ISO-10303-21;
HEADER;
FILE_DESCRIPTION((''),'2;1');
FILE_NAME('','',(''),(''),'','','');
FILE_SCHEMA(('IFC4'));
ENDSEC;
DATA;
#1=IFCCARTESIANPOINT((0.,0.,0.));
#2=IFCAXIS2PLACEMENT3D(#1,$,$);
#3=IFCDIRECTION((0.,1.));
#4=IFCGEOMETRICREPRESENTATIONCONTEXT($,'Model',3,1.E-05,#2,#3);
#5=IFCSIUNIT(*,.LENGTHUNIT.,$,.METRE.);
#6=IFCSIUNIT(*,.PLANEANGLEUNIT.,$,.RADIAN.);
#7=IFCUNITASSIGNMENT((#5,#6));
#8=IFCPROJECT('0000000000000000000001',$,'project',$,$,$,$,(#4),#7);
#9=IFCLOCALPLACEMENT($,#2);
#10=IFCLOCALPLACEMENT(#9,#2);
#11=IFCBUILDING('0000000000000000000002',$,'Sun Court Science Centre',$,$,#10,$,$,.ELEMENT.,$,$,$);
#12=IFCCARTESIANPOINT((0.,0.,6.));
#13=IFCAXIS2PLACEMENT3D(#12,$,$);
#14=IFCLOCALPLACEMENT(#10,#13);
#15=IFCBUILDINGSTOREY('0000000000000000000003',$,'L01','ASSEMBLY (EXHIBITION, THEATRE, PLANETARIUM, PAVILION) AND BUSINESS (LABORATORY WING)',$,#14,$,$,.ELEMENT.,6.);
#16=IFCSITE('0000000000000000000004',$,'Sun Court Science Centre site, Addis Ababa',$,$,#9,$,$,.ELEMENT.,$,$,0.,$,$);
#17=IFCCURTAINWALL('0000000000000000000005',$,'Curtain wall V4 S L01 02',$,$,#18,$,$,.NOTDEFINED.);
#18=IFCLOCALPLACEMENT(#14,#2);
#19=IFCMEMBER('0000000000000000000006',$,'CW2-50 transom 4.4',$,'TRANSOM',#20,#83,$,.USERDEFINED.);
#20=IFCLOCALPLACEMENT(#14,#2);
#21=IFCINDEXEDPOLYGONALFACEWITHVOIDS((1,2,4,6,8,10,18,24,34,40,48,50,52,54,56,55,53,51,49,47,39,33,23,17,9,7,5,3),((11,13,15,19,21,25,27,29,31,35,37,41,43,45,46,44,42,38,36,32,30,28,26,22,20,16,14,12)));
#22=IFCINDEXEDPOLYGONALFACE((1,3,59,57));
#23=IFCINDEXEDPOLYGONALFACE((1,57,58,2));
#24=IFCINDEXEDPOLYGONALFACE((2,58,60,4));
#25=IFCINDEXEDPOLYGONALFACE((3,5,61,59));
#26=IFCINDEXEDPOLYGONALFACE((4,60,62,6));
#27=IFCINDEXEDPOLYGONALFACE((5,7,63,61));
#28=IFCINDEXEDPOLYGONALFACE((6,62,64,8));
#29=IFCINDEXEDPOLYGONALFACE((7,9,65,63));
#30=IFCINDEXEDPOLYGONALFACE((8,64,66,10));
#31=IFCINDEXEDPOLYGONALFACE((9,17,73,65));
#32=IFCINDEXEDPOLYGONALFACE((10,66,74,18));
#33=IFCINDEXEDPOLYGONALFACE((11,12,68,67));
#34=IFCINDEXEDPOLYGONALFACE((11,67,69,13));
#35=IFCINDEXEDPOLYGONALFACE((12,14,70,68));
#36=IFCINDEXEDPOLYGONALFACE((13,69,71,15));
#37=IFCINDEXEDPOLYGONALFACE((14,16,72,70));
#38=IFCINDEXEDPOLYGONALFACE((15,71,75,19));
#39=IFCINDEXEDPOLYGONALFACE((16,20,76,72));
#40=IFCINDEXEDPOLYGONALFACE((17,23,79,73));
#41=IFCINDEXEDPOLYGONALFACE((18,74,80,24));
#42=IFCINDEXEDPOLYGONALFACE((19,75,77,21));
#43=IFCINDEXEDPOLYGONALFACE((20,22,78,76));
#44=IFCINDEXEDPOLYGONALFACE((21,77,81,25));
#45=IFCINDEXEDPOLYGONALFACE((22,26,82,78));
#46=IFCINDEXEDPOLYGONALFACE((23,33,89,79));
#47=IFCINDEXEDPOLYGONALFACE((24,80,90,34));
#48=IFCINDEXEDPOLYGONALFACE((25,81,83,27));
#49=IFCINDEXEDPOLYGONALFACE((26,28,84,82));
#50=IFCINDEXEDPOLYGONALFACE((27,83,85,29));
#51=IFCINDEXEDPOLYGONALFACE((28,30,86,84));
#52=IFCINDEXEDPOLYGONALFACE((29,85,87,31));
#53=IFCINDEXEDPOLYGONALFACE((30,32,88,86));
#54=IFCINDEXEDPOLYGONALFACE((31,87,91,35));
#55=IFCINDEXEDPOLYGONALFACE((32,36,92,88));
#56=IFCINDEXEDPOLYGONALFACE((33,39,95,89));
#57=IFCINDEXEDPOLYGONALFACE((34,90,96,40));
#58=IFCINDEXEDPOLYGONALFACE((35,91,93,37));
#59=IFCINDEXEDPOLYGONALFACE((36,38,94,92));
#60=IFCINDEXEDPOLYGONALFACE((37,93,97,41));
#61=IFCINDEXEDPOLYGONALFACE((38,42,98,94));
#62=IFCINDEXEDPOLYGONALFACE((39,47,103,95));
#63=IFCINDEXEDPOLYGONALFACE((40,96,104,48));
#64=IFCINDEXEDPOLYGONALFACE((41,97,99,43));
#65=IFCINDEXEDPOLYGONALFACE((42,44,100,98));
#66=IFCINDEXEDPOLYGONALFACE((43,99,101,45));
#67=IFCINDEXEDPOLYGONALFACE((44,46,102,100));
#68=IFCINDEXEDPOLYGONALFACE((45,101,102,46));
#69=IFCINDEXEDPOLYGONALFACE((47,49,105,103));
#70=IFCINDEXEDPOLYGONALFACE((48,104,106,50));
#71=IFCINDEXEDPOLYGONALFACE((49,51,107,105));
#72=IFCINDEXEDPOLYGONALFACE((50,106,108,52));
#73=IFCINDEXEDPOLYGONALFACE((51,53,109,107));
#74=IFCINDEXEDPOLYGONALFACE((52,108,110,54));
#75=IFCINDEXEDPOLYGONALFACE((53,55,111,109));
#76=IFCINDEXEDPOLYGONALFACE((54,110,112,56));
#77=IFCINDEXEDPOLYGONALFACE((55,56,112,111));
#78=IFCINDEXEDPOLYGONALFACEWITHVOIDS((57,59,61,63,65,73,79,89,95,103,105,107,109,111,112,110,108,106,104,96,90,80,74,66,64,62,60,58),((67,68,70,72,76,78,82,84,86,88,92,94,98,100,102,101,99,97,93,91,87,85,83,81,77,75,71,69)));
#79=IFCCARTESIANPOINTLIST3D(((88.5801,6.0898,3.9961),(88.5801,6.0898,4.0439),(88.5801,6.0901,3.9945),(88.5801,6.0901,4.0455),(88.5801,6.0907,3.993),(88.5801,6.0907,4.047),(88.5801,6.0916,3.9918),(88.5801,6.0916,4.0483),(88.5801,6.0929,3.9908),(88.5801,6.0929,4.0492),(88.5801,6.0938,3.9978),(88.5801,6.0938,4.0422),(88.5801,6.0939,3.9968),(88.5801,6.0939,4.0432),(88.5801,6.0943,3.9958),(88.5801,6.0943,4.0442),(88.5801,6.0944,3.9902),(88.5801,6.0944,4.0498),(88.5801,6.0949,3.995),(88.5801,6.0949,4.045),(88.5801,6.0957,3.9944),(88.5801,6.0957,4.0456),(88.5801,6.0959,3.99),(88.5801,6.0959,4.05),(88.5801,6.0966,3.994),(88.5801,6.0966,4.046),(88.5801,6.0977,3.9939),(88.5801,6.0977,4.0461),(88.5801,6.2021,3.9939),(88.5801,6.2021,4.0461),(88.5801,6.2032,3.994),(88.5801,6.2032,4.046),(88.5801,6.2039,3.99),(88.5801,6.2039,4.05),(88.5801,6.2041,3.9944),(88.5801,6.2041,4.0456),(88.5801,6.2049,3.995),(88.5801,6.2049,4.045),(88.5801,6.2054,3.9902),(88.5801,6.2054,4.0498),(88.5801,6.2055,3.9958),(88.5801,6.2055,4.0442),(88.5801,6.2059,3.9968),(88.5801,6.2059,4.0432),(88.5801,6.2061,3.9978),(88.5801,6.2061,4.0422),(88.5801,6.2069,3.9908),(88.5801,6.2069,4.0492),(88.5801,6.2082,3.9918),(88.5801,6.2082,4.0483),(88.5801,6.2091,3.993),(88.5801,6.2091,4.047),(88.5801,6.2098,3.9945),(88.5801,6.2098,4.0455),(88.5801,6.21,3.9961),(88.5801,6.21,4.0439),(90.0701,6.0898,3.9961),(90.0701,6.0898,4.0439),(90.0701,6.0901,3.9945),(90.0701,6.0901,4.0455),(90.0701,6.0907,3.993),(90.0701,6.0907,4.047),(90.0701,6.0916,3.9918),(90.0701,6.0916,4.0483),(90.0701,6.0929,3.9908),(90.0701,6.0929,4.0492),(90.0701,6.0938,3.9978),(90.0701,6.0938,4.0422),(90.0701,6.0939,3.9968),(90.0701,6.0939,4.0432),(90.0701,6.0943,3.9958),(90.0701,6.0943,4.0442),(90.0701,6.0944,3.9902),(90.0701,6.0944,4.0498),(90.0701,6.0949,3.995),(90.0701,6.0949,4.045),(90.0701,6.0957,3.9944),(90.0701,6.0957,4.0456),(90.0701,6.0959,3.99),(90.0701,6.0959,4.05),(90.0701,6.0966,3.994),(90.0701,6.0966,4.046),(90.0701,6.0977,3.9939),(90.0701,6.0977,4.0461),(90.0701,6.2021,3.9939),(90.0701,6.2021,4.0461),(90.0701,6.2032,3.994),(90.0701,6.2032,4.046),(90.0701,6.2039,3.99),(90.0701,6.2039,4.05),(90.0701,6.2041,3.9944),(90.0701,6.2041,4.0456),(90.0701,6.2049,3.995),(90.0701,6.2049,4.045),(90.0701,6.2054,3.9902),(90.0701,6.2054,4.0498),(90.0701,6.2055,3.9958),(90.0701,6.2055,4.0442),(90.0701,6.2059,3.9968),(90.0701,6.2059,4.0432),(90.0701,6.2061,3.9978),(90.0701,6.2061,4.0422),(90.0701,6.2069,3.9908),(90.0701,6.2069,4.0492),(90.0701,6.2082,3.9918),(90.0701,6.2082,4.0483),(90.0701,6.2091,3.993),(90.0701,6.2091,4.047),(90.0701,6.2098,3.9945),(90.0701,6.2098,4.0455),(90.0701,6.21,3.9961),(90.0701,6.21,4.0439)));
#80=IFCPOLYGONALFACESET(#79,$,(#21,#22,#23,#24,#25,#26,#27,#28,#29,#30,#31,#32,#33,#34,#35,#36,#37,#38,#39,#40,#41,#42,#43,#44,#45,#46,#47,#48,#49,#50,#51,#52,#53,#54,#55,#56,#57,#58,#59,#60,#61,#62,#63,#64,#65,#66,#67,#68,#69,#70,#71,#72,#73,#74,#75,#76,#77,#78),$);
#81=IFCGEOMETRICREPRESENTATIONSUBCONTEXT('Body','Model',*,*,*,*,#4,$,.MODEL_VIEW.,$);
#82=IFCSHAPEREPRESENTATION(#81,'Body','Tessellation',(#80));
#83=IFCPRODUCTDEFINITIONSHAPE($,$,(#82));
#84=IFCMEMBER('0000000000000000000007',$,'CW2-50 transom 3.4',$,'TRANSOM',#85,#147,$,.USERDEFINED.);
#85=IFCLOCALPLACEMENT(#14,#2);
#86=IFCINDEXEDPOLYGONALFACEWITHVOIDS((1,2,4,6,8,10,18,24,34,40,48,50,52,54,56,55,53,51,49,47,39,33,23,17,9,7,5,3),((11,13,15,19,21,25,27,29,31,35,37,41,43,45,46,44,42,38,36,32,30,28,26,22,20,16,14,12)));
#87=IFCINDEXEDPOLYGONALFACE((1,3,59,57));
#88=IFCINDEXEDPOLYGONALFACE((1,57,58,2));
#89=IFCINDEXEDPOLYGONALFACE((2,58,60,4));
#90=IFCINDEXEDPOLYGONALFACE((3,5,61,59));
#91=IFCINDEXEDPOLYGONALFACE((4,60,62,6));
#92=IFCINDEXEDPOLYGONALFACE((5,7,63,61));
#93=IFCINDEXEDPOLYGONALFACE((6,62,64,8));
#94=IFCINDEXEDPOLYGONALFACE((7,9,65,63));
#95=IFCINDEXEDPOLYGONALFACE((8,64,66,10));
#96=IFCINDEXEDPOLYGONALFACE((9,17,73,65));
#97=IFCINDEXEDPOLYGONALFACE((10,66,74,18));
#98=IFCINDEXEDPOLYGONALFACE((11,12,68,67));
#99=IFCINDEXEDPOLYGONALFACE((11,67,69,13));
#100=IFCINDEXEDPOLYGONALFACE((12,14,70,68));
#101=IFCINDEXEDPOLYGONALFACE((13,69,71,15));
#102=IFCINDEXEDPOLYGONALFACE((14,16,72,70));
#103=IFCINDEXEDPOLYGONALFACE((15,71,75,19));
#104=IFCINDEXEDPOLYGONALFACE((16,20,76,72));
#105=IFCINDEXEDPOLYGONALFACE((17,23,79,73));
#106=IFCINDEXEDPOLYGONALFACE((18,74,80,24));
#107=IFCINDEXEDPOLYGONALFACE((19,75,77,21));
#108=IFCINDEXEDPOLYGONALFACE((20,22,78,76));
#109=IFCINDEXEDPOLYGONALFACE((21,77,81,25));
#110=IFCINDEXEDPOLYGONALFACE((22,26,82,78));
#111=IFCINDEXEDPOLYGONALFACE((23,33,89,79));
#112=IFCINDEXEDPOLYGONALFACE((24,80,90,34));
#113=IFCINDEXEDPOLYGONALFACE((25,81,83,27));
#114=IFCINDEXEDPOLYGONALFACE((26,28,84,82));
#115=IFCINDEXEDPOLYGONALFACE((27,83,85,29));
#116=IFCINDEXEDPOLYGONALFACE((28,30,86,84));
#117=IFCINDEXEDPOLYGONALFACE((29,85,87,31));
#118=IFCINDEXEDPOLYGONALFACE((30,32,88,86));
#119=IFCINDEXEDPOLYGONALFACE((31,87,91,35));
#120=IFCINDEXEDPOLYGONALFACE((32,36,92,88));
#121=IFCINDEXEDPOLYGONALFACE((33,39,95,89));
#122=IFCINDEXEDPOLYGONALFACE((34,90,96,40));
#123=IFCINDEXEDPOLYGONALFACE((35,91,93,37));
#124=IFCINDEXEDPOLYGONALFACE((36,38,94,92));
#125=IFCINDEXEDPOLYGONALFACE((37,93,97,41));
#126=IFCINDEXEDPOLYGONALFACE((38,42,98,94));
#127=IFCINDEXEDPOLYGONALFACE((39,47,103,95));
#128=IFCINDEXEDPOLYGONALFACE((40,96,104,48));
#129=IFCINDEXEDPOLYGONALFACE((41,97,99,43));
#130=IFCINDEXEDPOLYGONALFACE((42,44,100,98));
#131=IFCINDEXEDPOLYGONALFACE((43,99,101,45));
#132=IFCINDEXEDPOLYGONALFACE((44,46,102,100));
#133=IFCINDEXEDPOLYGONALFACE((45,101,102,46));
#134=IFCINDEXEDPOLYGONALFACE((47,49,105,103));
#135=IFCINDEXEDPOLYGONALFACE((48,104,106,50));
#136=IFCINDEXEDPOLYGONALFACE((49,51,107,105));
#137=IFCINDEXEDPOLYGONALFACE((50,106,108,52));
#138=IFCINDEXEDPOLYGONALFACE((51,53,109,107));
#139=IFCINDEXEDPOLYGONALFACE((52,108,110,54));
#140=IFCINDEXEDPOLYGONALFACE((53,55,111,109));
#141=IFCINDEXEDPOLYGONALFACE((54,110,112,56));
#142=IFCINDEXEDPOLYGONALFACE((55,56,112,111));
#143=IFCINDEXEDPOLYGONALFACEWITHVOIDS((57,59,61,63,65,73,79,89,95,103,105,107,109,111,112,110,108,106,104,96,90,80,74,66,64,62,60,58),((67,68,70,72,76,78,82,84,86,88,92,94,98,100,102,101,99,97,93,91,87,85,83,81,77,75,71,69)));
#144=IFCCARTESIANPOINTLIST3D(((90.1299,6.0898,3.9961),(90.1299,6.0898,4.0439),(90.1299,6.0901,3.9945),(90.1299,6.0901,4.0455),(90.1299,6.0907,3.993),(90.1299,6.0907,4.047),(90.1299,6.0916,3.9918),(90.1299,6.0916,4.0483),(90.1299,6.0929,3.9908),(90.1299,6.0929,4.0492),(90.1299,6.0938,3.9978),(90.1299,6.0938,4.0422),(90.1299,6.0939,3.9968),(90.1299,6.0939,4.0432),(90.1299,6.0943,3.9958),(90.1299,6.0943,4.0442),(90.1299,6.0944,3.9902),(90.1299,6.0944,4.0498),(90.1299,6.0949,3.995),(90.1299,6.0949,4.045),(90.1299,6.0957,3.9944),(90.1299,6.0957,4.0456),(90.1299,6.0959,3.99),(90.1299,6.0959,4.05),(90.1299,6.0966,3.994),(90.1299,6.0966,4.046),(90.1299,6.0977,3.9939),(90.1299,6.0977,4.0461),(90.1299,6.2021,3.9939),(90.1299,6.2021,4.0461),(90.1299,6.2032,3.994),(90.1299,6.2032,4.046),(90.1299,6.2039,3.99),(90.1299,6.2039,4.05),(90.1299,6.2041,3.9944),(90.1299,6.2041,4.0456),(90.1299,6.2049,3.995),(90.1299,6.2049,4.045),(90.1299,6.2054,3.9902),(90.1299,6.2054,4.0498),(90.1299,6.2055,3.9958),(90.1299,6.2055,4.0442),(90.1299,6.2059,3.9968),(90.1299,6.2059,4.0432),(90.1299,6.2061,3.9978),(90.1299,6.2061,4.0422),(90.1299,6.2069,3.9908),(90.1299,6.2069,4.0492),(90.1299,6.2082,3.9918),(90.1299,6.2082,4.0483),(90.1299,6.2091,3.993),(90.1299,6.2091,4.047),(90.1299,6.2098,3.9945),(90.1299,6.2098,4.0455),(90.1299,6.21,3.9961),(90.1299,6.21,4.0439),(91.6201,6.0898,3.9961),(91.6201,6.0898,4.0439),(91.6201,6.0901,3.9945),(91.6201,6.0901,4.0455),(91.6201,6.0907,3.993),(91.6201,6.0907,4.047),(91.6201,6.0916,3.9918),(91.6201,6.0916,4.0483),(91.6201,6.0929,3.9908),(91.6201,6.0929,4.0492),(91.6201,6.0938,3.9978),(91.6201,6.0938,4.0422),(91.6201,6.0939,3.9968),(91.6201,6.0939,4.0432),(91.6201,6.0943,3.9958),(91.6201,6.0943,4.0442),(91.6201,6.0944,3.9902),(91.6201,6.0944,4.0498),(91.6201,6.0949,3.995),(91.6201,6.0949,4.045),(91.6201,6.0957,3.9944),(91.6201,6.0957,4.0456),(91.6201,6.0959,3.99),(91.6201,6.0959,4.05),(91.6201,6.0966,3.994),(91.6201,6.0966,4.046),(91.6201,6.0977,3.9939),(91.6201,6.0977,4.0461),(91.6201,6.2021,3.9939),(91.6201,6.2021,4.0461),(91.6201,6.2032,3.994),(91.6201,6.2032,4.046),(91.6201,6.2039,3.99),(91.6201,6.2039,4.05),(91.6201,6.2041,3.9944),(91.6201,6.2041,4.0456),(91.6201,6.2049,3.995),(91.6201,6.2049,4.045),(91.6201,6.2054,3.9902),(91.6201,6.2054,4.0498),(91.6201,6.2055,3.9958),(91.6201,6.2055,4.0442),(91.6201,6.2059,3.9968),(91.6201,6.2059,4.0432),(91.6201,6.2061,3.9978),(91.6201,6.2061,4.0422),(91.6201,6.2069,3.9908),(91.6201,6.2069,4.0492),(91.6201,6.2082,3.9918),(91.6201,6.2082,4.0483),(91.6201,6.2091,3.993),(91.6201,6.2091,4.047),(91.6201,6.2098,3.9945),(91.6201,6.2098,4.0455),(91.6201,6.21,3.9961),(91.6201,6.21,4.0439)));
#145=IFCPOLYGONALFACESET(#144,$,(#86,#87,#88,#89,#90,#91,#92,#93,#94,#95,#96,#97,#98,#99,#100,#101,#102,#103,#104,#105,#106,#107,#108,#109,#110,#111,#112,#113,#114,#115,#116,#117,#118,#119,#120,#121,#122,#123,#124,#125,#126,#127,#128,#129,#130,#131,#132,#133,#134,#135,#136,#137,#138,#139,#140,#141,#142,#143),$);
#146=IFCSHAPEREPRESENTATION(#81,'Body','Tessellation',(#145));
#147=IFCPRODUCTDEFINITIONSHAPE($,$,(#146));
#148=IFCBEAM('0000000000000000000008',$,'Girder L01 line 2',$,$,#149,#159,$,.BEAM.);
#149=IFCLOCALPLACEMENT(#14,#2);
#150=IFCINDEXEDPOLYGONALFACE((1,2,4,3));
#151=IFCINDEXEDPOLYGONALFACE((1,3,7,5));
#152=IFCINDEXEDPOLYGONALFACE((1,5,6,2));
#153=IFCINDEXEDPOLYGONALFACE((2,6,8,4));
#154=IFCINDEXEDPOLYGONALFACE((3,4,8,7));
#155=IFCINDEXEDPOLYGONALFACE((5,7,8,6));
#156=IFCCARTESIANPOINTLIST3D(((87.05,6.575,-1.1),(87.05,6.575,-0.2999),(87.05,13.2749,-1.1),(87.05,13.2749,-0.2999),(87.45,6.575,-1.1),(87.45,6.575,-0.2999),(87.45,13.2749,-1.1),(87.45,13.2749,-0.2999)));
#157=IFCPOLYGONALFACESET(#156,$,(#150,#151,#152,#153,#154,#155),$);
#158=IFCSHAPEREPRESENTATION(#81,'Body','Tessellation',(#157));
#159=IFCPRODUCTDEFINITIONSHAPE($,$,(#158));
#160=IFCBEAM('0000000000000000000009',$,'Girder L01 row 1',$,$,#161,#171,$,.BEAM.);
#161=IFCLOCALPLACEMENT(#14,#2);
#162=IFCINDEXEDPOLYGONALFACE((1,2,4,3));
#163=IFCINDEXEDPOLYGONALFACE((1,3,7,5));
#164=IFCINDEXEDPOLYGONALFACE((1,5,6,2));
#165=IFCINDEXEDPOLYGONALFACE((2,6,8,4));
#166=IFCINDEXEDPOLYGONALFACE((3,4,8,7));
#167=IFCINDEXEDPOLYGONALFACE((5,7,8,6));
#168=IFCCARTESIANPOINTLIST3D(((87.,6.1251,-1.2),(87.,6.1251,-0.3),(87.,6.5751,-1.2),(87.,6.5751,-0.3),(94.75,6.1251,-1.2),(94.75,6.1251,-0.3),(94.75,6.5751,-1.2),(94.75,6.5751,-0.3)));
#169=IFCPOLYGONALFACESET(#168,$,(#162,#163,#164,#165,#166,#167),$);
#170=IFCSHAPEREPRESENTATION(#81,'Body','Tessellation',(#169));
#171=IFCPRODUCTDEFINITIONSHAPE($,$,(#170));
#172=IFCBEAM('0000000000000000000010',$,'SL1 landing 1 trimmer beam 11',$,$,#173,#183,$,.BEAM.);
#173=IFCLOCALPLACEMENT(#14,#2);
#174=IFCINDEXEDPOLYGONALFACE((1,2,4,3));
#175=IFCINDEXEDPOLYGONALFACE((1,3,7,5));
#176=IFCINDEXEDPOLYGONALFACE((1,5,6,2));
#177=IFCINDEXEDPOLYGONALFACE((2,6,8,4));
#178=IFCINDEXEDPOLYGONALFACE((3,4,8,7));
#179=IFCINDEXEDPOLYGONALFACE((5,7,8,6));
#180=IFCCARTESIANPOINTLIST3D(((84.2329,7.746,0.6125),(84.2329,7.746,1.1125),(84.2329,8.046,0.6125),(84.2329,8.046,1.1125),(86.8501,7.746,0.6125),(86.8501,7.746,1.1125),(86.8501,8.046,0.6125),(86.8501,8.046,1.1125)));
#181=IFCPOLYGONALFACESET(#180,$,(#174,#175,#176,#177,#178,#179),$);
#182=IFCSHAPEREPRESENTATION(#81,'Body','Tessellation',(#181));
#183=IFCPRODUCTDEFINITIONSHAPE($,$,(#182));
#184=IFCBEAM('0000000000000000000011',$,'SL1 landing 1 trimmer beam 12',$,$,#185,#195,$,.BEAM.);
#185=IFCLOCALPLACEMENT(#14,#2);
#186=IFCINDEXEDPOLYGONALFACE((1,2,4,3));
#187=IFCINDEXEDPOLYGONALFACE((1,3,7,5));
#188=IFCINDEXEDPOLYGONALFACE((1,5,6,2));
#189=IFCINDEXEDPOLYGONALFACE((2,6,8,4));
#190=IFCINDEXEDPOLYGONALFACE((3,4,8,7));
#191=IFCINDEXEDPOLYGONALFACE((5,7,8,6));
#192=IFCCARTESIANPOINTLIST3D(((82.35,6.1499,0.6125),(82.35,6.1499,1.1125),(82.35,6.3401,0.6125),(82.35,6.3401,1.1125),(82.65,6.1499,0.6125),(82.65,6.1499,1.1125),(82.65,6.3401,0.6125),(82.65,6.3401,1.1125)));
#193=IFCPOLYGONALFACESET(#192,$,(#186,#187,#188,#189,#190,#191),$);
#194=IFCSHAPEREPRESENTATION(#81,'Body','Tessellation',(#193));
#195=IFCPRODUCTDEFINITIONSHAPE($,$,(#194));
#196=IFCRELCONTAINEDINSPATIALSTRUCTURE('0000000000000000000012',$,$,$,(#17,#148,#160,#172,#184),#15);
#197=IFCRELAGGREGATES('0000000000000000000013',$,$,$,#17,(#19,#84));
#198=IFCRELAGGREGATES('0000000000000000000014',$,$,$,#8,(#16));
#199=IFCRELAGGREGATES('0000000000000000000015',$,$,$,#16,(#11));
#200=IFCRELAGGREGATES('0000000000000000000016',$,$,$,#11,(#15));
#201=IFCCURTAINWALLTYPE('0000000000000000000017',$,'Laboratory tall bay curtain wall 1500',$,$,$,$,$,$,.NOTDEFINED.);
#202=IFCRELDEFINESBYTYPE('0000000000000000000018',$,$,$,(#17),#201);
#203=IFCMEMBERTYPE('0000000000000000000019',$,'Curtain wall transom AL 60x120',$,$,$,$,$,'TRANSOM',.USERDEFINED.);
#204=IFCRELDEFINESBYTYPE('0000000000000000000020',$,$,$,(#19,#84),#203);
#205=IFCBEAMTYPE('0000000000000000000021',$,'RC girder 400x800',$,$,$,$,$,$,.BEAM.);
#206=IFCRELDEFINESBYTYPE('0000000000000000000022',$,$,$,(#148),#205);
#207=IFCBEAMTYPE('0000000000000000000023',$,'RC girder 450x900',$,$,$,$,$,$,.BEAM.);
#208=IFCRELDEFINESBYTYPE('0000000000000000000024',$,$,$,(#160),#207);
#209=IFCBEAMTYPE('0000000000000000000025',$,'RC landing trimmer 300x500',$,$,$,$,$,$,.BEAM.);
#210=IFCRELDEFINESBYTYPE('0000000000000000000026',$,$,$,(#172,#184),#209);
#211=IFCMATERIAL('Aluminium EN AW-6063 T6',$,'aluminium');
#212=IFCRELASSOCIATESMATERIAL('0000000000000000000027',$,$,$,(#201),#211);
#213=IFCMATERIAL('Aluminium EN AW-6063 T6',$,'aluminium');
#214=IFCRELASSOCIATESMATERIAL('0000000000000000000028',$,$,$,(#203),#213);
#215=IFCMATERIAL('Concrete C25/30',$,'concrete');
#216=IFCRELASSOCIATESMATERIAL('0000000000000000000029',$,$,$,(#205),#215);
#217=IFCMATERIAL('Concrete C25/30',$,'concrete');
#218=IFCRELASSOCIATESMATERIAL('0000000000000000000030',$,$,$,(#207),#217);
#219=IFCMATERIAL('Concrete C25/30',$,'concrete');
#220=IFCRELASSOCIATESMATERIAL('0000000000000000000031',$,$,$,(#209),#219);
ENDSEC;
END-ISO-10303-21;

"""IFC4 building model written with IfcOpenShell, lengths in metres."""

from ifc_helpers import new_model, si_unit, direction, frame, origin, origin_2d, place, context, subcontext, project, spatial, rectangle, hollow_rectangle, extrude, material, material_profile, profile_set, type_object, element, aggregate, save


model = new_model("IFC4")

# Units and contexts
model_context = context("Model", 3, precision=1e-05, world=origin(), true_north=direction((0.0, 1.0)))
body_context = subcontext(model_context, "Body", "Model", "MODEL_VIEW")
ifc_project = project(units=[si_unit("LENGTHUNIT", "METRE"), si_unit("PLANEANGLEUNIT", "RADIAN")], contexts=[model_context])

# Site, building, storey
site_placement = place(None, origin())
site = spatial("IfcSite", under=ifc_project, at=site_placement, Name="Sun Court Science Centre site, Addis Ababa", CompositionType="ELEMENT", RefElevation=0.0)
building_placement = place(site_placement, origin())
building = spatial("IfcBuilding", under=site, at=building_placement, Name="Sun Court Science Centre", CompositionType="ELEMENT")
storey_placement = place(building_placement, frame((0.0, 0.0, 6.0)))
storey = spatial("IfcBuildingStorey", under=building, at=storey_placement, Name="L01", Description="ASSEMBLY (EXHIBITION, THEATRE, PLANETARIUM, PAVILION) AND BUSINESS (LABORATORY WING)", CompositionType="ELEMENT", Elevation=6.0)

# Curtain wall, members
ifc_material_1 = material(Name="Aluminium EN AW-6063 T6", Category="aluminium")
curtain_wall_type = type_object("IfcCurtainWallType", Name="Laboratory tall bay curtain wall 1500", PredefinedType="NOTDEFINED", material=ifc_material_1)
curtain_wall_placement = place(storey_placement, origin())
curtain_wall = element("IfcCurtainWall", 1, at=curtain_wall_placement, inside=storey, type_object=curtain_wall_type, Name="Curtain wall V4 S L01 02", PredefinedType="NOTDEFINED")
ifc_material_2 = material(Name="Aluminium EN AW-6063 T6", Category="aluminium")
ifc_material_profile_1 = material_profile(ifc_material_2, hollow_rectangle(XDim=0.0601, YDim=0.1201, WallThickness=0.0039, InnerFilletRadius=0.0039, OuterFilletRadius=0.0061, at=origin_2d()), Name="AL 60x120x4")
ifc_profile_set_1 = profile_set([ifc_material_profile_1], Name="Aluminium EN AW-6063 T6")
member_type_1 = type_object("IfcMemberType", Name="Curtain wall transom AL 60x120", ElementType="TRANSOM", PredefinedType="USERDEFINED", material=ifc_profile_set_1)
member_1_placement = place(storey_placement, frame((90.0701, 6.1499, 4.02), z_axis=(-1.0, 0.0, 0.0), x_axis=(0.0, 0.0, 1.0)))
member_1 = element("IfcMember", 2, at=member_1_placement, type_object=member_type_1, Name="CW2-50 transom 4.4", ObjectType="TRANSOM", PredefinedType="USERDEFINED", context=body_context, shape_type="SweptSolid", body=[
    extrude(hollow_rectangle(XDim=0.0601, YDim=0.1201, WallThickness=0.0039, InnerFilletRadius=0.0039, OuterFilletRadius=0.0061, at=origin_2d()), origin(), (0.0, 0.0, 1.0), 1.49),
])
member_2_placement = place(storey_placement, frame((91.6201, 6.1499, 4.02), z_axis=(-1.0, 0.0, 0.0), x_axis=(0.0, 0.0, 1.0)))
member_2 = element("IfcMember", 3, at=member_2_placement, type_object=member_type_1, Name="CW2-50 transom 3.4", ObjectType="TRANSOM", PredefinedType="USERDEFINED", context=body_context, shape_type="SweptSolid", body=[
    extrude(hollow_rectangle(XDim=0.0601, YDim=0.1201, WallThickness=0.0039, InnerFilletRadius=0.0039, OuterFilletRadius=0.0061, at=origin_2d()), origin(), (0.0, 0.0, 1.0), 1.4902),
])

# Beams
ifc_material_3 = material(Name="Concrete C25/30", Category="concrete")
ifc_material_profile_2 = material_profile(ifc_material_3, rectangle(XDim=0.3999, YDim=0.8, at=origin_2d()), Name="RC 400x800")
ifc_profile_set_2 = profile_set([ifc_material_profile_2], Name="Concrete C25/30")
beam_type_1 = type_object("IfcBeamType", Name="RC girder 400x800", PredefinedType="BEAM", material=ifc_profile_set_2)
beam_1_placement = place(storey_placement, frame((87.25, 6.575, -0.7), z_axis=(0.0, 1.0, 0.0), x_axis=(-1.0, 0.0, 0.0)))
element("IfcBeam", 4, at=beam_1_placement, inside=storey, type_object=beam_type_1, Name="Girder L01 line 2", PredefinedType="BEAM", context=body_context, shape_type="SweptSolid", body=[
    extrude(rectangle(XDim=0.3999, YDim=0.8, at=origin_2d()), origin(), (0.0, 0.0, 1.0), 6.7),
])
ifc_material_4 = material(Name="Concrete C25/30", Category="concrete")
ifc_material_profile_3 = material_profile(ifc_material_4, rectangle(XDim=0.45, YDim=0.8999, at=origin_2d()), Name="RC 450x900")
ifc_profile_set_3 = profile_set([ifc_material_profile_3], Name="Concrete C25/30")
beam_type_2 = type_object("IfcBeamType", Name="RC girder 450x900", PredefinedType="BEAM", material=ifc_profile_set_3)
beam_2_placement = place(storey_placement, frame((87.0, 6.3501, -0.75), z_axis=(1.0, 0.0, 0.0), x_axis=(0.0, 1.0, 0.0)))
element("IfcBeam", 5, at=beam_2_placement, inside=storey, type_object=beam_type_2, Name="Girder L01 row 1", PredefinedType="BEAM", context=body_context, shape_type="SweptSolid", body=[
    extrude(rectangle(XDim=0.45, YDim=0.8999, at=origin_2d()), origin(), (0.0, 0.0, 1.0), 7.75),
])
ifc_material_5 = material(Name="Concrete C25/30", Category="concrete")
ifc_material_profile_4 = material_profile(ifc_material_5, rectangle(XDim=0.3, YDim=0.5, at=origin_2d()), Name="RC 300x500")
ifc_profile_set_4 = profile_set([ifc_material_profile_4], Name="Concrete C25/30")
beam_type_3 = type_object("IfcBeamType", Name="RC landing trimmer 300x500", PredefinedType="BEAM", material=ifc_profile_set_4)
beam_3_placement = place(storey_placement, frame((86.8501, 7.896, 0.8625), z_axis=(-1.0, 0.0, 0.0), x_axis=(0.0, -1.0, 0.0)))
element("IfcBeam", 6, at=beam_3_placement, inside=storey, type_object=beam_type_3, Name="SL1 landing 1 trimmer beam 11", PredefinedType="BEAM", context=body_context, shape_type="SweptSolid", body=[
    extrude(rectangle(XDim=0.3, YDim=0.5, at=origin_2d()), origin(), (0.0, 0.0, 1.0), 2.6172),
])
beam_4_placement = place(storey_placement, frame((82.5, 6.1499, 0.8625), z_axis=(0.0, 1.0, 0.0), x_axis=(-1.0, 0.0, 0.0)))
element("IfcBeam", 7, at=beam_4_placement, inside=storey, type_object=beam_type_3, Name="SL1 landing 1 trimmer beam 12", PredefinedType="BEAM", context=body_context, shape_type="SweptSolid", body=[
    extrude(rectangle(XDim=0.3, YDim=0.5, at=origin_2d()), origin(), (0.0, 0.0, 1.0), 0.1902),
])

aggregate(curtain_wall, [member_1, member_2])

save(model, "model.ifc")
